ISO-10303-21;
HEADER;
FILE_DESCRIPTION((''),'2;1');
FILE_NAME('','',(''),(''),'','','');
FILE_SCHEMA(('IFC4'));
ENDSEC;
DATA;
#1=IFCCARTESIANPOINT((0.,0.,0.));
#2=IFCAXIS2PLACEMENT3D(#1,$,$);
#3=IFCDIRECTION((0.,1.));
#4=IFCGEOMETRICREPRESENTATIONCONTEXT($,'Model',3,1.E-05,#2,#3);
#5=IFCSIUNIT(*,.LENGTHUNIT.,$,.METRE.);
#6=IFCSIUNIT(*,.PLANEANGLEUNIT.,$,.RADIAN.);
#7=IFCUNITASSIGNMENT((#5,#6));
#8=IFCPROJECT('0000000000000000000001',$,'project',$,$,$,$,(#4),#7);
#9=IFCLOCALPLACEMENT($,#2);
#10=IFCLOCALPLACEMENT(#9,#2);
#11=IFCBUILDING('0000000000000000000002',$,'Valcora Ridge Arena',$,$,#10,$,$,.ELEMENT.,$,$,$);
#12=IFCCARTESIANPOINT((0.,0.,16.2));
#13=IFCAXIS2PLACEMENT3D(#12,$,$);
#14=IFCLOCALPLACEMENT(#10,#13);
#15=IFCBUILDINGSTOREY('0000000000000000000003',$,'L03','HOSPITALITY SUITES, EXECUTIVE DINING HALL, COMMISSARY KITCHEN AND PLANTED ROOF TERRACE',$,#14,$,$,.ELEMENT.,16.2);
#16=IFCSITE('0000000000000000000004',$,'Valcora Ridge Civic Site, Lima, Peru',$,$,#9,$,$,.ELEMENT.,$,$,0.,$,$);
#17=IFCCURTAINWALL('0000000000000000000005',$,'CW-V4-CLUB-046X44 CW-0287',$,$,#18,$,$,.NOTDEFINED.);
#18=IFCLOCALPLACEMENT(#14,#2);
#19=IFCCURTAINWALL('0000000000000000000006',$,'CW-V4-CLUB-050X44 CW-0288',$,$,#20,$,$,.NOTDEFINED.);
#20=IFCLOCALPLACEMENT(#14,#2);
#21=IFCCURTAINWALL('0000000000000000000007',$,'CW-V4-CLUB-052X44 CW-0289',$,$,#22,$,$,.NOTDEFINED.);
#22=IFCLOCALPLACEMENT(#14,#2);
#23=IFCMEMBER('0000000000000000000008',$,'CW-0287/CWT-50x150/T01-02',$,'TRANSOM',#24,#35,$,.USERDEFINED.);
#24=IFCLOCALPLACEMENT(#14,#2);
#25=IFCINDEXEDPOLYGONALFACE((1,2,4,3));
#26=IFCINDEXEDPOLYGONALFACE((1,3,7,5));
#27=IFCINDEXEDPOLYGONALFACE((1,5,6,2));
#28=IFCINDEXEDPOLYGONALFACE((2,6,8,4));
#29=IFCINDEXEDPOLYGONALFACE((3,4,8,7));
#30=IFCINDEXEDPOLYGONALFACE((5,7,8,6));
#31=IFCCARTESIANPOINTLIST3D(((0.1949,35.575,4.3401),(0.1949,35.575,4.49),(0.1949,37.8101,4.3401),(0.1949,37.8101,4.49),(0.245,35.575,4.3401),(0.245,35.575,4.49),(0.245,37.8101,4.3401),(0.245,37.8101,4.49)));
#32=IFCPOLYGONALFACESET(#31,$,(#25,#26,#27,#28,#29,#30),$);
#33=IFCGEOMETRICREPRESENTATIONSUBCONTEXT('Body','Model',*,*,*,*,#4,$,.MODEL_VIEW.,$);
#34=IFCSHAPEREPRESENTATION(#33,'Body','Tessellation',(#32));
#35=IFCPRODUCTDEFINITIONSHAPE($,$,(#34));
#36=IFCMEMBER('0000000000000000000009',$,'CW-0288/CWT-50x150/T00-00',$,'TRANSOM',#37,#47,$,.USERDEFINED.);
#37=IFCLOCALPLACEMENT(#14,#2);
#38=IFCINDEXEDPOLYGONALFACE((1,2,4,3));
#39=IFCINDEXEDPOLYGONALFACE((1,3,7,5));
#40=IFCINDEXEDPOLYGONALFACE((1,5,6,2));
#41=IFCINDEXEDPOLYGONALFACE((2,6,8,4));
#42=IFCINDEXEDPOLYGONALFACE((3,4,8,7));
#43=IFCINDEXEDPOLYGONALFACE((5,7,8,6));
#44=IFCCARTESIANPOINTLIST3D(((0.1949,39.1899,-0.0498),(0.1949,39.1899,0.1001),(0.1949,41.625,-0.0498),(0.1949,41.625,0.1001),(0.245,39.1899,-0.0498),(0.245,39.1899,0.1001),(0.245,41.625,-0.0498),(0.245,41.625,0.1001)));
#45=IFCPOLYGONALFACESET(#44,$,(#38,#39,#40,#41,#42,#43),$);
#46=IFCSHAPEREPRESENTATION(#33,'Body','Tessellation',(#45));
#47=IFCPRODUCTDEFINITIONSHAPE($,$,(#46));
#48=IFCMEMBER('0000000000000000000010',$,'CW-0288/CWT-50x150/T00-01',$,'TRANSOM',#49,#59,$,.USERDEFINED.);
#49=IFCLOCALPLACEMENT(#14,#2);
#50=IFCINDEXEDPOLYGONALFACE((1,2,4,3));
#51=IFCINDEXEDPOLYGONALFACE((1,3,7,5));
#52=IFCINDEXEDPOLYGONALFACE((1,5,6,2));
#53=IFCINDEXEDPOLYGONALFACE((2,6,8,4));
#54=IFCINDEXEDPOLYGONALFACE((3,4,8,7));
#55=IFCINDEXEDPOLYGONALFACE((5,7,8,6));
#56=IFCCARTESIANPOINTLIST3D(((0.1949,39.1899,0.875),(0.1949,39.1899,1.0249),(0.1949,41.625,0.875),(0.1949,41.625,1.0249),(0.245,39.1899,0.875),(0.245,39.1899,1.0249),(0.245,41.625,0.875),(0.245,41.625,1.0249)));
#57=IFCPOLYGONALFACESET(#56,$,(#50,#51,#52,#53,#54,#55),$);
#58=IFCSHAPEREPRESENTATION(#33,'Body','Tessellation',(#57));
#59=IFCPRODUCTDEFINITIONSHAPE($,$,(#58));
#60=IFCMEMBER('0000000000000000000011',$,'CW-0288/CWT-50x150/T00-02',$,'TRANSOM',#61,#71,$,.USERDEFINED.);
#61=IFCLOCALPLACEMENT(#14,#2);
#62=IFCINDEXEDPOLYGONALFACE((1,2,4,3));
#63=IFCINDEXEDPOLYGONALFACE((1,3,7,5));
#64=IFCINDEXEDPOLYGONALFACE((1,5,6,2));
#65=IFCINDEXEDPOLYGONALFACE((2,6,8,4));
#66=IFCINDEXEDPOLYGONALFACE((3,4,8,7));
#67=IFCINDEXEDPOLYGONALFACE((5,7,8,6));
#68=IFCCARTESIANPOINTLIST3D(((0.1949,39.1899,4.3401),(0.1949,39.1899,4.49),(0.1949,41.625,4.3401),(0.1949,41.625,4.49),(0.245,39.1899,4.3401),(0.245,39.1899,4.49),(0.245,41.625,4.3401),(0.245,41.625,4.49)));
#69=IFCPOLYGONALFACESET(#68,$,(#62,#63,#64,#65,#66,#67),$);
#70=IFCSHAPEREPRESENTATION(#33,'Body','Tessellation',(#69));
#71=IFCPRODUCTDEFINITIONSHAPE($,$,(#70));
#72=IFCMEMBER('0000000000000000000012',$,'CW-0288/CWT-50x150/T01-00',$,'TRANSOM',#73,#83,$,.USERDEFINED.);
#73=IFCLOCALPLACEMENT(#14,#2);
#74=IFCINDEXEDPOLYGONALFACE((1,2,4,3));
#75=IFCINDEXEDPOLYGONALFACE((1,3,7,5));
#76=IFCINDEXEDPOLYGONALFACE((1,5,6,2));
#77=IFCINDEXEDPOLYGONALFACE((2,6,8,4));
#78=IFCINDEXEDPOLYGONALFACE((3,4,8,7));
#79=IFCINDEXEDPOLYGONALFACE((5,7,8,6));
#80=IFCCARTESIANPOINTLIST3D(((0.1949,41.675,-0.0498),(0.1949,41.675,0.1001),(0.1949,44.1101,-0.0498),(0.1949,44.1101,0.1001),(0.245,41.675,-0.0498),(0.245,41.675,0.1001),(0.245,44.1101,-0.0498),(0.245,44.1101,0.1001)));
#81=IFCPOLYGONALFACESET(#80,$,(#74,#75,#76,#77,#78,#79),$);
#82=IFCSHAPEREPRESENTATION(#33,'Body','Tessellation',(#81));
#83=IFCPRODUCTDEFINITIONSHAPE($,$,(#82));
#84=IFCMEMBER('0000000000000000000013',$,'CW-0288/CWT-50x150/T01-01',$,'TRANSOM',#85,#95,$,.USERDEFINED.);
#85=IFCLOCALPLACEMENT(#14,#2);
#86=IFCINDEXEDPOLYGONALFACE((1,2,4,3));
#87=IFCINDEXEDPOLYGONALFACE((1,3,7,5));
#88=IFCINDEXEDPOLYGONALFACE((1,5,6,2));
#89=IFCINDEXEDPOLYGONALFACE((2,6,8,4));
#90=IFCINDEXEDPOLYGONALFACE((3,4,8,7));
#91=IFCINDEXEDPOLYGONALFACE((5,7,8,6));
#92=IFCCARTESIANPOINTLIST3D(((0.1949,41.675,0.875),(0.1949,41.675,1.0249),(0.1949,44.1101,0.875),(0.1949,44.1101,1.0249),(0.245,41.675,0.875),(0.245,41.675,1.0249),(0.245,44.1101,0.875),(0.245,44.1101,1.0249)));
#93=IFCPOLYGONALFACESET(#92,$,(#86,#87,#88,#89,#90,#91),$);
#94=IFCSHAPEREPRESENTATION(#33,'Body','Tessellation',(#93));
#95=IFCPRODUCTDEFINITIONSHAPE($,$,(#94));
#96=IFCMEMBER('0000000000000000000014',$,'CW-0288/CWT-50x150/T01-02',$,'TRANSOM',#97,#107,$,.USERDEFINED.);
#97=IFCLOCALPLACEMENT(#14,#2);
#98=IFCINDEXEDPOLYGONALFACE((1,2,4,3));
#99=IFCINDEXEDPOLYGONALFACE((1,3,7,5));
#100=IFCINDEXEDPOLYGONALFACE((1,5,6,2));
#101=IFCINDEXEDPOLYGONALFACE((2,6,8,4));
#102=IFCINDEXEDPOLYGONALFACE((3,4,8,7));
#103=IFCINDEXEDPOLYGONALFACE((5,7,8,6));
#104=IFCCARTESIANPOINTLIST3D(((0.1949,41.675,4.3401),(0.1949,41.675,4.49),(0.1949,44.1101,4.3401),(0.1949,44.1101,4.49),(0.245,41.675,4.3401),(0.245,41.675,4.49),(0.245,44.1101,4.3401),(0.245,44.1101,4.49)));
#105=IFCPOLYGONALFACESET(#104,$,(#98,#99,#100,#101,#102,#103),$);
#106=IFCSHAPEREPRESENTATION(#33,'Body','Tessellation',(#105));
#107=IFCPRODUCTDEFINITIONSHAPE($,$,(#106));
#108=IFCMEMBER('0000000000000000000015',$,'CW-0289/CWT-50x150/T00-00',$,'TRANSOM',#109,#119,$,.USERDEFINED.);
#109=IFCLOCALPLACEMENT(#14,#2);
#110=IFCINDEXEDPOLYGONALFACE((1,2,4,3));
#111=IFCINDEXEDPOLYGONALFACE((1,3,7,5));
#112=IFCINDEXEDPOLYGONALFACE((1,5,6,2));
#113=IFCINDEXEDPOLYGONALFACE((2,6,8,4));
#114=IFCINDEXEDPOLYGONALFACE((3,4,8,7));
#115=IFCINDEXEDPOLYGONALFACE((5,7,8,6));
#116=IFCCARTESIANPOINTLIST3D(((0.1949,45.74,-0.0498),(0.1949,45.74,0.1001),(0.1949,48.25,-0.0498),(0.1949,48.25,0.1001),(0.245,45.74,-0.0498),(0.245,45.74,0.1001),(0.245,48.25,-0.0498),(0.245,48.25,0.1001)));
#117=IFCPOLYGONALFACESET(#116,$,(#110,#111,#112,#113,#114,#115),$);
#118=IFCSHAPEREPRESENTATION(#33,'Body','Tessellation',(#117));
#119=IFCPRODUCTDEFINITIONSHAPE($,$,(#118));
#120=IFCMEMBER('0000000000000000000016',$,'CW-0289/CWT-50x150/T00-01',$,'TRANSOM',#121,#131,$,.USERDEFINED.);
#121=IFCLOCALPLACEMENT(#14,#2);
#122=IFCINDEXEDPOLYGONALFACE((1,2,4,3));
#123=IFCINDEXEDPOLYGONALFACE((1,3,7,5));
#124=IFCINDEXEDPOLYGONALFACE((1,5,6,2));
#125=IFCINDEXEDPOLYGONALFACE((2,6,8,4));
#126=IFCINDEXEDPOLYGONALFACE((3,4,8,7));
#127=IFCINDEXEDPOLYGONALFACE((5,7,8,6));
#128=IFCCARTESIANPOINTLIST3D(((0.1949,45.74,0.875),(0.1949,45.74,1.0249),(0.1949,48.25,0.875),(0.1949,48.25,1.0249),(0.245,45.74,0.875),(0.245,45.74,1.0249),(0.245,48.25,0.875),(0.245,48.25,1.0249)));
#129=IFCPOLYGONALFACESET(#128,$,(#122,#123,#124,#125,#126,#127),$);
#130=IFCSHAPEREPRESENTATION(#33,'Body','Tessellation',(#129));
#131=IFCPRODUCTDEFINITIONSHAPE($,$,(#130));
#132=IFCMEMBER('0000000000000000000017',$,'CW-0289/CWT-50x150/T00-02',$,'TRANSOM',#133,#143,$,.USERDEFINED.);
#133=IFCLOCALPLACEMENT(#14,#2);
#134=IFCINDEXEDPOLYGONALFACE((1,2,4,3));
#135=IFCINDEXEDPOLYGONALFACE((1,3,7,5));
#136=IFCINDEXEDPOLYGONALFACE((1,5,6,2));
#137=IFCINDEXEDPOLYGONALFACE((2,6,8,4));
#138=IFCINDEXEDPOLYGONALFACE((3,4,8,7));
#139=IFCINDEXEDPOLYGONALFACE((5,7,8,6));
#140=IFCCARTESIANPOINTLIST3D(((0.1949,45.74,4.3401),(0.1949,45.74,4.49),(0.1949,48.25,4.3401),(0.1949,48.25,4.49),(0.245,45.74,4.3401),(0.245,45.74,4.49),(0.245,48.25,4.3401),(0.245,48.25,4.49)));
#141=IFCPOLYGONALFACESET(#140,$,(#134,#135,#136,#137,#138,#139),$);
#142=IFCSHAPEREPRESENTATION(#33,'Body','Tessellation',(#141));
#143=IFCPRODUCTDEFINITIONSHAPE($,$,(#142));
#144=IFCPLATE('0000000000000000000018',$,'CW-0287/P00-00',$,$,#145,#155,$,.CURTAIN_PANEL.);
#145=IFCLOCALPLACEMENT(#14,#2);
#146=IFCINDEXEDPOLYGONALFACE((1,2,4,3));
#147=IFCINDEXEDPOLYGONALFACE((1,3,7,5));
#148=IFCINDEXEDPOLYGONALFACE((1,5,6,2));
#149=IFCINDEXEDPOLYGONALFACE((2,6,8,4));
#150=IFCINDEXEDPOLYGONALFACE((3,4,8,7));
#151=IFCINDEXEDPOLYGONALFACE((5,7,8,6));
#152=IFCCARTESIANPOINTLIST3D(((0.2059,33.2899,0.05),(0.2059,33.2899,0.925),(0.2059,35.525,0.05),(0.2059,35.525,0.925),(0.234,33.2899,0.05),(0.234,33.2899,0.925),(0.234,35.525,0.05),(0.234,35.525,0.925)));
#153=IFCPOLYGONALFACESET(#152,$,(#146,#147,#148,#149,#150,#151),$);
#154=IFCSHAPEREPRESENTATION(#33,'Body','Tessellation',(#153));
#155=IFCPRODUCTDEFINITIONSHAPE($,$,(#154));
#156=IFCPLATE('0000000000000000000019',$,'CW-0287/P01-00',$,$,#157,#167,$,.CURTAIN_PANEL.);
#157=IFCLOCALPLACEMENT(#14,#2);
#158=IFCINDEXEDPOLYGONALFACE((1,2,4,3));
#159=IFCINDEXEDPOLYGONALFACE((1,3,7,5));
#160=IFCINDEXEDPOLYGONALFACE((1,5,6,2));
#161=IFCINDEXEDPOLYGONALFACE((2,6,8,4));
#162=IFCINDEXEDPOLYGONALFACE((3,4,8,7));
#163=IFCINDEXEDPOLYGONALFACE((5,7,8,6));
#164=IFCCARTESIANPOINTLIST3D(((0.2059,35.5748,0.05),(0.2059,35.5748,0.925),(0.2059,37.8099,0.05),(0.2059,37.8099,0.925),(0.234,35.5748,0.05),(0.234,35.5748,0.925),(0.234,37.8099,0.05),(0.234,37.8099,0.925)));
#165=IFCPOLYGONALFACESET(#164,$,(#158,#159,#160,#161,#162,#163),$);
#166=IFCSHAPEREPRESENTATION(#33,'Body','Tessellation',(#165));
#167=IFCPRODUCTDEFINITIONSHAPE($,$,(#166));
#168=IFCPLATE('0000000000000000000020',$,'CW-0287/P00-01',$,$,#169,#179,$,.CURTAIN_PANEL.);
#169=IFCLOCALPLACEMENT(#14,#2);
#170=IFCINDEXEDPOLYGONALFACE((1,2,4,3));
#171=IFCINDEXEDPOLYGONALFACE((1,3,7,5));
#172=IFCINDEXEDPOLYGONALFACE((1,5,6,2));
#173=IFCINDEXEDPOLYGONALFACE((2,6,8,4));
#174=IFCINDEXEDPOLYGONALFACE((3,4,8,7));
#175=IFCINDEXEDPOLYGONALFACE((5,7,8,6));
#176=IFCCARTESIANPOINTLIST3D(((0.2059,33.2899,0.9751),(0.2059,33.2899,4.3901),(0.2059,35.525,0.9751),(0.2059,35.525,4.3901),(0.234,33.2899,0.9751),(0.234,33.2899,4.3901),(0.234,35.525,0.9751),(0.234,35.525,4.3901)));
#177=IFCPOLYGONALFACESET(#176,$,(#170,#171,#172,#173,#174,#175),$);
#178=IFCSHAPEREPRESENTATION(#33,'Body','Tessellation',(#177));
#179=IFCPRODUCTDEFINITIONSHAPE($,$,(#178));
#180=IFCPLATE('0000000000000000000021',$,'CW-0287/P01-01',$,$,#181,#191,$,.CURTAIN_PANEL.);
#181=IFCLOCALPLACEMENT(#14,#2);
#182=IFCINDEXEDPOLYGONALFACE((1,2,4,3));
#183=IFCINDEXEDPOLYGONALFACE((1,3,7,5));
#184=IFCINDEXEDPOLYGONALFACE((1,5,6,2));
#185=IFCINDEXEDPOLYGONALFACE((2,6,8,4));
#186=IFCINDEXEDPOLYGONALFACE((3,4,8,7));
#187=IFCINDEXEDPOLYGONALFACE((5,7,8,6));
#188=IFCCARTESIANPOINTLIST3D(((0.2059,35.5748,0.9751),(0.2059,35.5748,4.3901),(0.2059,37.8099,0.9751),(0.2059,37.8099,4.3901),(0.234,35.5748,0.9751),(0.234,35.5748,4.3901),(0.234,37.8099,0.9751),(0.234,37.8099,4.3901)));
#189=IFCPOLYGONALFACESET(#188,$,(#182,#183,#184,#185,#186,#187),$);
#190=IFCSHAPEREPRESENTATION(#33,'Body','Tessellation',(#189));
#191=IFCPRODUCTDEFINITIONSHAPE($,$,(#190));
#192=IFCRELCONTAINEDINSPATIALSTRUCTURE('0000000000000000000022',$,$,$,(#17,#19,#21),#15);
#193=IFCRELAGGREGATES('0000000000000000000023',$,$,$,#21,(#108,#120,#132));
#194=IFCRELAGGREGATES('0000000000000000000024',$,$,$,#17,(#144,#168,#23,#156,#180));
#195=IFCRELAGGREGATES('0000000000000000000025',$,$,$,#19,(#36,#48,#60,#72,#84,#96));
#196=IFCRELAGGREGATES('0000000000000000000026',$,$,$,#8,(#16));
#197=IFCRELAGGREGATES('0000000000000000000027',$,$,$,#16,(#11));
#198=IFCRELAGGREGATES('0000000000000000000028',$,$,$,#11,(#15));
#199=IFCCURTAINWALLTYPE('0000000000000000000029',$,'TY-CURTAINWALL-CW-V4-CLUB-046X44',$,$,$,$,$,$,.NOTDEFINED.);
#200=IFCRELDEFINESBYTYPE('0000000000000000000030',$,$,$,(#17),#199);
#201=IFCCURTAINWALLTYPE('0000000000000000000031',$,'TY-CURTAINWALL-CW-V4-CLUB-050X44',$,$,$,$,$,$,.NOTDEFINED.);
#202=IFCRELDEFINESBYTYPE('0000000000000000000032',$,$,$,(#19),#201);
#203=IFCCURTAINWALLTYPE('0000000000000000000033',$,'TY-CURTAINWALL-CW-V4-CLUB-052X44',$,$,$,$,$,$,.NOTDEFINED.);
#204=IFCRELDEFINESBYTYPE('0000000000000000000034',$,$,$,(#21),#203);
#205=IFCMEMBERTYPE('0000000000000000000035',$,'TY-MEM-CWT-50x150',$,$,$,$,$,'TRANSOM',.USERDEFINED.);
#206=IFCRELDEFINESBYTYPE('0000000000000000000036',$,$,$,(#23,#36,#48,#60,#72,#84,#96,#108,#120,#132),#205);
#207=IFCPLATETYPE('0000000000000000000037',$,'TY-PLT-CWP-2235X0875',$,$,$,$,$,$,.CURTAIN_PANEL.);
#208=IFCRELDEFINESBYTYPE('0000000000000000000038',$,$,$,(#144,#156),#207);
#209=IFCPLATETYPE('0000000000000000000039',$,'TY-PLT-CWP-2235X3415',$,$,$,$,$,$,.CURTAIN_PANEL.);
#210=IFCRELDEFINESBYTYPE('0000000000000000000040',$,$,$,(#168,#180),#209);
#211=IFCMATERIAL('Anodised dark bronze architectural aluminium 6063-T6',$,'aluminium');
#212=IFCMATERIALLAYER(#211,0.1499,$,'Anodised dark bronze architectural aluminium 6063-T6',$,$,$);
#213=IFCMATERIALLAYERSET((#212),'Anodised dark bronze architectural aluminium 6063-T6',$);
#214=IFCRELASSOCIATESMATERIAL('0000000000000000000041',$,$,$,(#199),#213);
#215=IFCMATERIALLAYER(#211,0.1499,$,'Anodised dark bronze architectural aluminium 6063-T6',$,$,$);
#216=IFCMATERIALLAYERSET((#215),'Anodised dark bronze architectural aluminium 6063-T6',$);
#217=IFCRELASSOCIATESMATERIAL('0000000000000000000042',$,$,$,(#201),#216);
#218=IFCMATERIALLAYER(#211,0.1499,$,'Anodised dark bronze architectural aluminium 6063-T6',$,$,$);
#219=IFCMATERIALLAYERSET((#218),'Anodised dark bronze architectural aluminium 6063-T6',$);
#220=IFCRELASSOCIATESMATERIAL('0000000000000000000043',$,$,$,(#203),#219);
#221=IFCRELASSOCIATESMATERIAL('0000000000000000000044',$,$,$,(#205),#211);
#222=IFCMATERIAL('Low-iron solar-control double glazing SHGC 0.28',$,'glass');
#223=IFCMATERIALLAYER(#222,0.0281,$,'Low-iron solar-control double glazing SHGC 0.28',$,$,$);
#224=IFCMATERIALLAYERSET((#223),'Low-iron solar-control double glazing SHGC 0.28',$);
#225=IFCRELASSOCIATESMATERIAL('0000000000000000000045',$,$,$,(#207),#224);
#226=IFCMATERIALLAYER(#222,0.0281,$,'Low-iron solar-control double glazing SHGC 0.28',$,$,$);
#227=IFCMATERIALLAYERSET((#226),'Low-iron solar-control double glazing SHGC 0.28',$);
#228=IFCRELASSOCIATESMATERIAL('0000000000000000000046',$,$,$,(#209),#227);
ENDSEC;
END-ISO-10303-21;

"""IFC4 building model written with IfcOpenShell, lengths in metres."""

from ifc_helpers import new_model, si_unit, direction, frame, origin, origin_2d, place, context, subcontext, project, spatial, rectangle, extrude, material, layer, layer_set, material_profile, profile_set, type_object, element, aggregate, save


model = new_model("IFC4")

# Units and contexts
model_context = context("Model", 3, precision=1e-05, world=origin(), true_north=direction((0.0, 1.0)))
body_context = subcontext(model_context, "Body", "Model", "MODEL_VIEW")
ifc_project = project(units=[si_unit("LENGTHUNIT", "METRE"), si_unit("PLANEANGLEUNIT", "RADIAN")], contexts=[model_context])

# Site, building, storey
site_placement = place(None, origin())
site = spatial("IfcSite", under=ifc_project, at=site_placement, Name="Valcora Ridge Civic Site, Lima, Peru", CompositionType="ELEMENT", RefElevation=0.0)
building_placement = place(site_placement, origin())
building = spatial("IfcBuilding", under=site, at=building_placement, Name="Valcora Ridge Arena", CompositionType="ELEMENT")
storey_placement = place(building_placement, frame((0.0, 0.0, 16.2)))
storey = spatial("IfcBuildingStorey", under=building, at=storey_placement, Name="L03", Description="HOSPITALITY SUITES, EXECUTIVE DINING HALL, COMMISSARY KITCHEN AND PLANTED ROOF TERRACE", CompositionType="ELEMENT", Elevation=16.2)

# Curtain walls
ifc_material_1 = material(Name="Anodised dark bronze architectural aluminium 6063-T6", Category="aluminium")
ifc_layer_1 = layer(ifc_material_1, 0.1499, Name="Anodised dark bronze architectural aluminium 6063-T6")
ifc_layer_set_1 = layer_set([ifc_layer_1], Name="Anodised dark bronze architectural aluminium 6063-T6")
curtain_wall_type_1 = type_object("IfcCurtainWallType", Name="TY-CURTAINWALL-CW-V4-CLUB-046X44", PredefinedType="NOTDEFINED", material=ifc_layer_set_1)
curtain_wall_1_placement = place(storey_placement, origin())
curtain_wall_1 = element("IfcCurtainWall", 1, at=curtain_wall_1_placement, inside=storey, type_object=curtain_wall_type_1, Name="CW-V4-CLUB-046X44 CW-0287", PredefinedType="NOTDEFINED")
ifc_layer_2 = layer(ifc_material_1, 0.1499, Name="Anodised dark bronze architectural aluminium 6063-T6")
ifc_layer_set_2 = layer_set([ifc_layer_2], Name="Anodised dark bronze architectural aluminium 6063-T6")
curtain_wall_type_2 = type_object("IfcCurtainWallType", Name="TY-CURTAINWALL-CW-V4-CLUB-050X44", PredefinedType="NOTDEFINED", material=ifc_layer_set_2)
curtain_wall_2_placement = place(storey_placement, origin())
curtain_wall_2 = element("IfcCurtainWall", 2, at=curtain_wall_2_placement, inside=storey, type_object=curtain_wall_type_2, Name="CW-V4-CLUB-050X44 CW-0288", PredefinedType="NOTDEFINED")

# Curtain wall
ifc_layer_3 = layer(ifc_material_1, 0.1499, Name="Anodised dark bronze architectural aluminium 6063-T6")
ifc_layer_set_3 = layer_set([ifc_layer_3], Name="Anodised dark bronze architectural aluminium 6063-T6")
curtain_wall_type_3 = type_object("IfcCurtainWallType", Name="TY-CURTAINWALL-CW-V4-CLUB-052X44", PredefinedType="NOTDEFINED", material=ifc_layer_set_3)
curtain_wall_3_placement = place(storey_placement, origin())
curtain_wall_3 = element("IfcCurtainWall", 3, at=curtain_wall_3_placement, inside=storey, type_object=curtain_wall_type_3, Name="CW-V4-CLUB-052X44 CW-0289", PredefinedType="NOTDEFINED")

# Members
ifc_material_profile_1 = material_profile(ifc_material_1, rectangle(XDim=0.05, YDim=0.1499, at=origin_2d()), Name="ALU TRANSOM 50x150")
ifc_profile_set_1 = profile_set([ifc_material_profile_1], Name="Anodised dark bronze architectural aluminium 6063-T6")
member_type_1 = type_object("IfcMemberType", Name="TY-MEM-CWT-50x150", ElementType="TRANSOM", PredefinedType="USERDEFINED", material=ifc_profile_set_1)
member_1_placement = place(storey_placement, frame((0.22, 35.575, 4.415), z_axis=(0.0, 1.0, 0.0), x_axis=(-1.0, 0.0, 0.0)))
member_1 = element("IfcMember", 4, at=member_1_placement, type_object=member_type_1, Name="CW-0287/CWT-50x150/T01-02", ObjectType="TRANSOM", PredefinedType="USERDEFINED", context=body_context, shape_type="SweptSolid", body=[
    extrude(rectangle(XDim=0.05, YDim=0.1499, at=origin_2d()), origin(), (0.0, 0.0, 1.0), 2.2351),
])
member_2_placement = place(storey_placement, frame((0.22, 39.1899, 0.0251), z_axis=(0.0, 1.0, 0.0), x_axis=(-1.0, 0.0, 0.0)))
member_2 = element("IfcMember", 5, at=member_2_placement, type_object=member_type_1, Name="CW-0288/CWT-50x150/T00-00", ObjectType="TRANSOM", PredefinedType="USERDEFINED", context=body_context, shape_type="SweptSolid", body=[
    extrude(rectangle(XDim=0.05, YDim=0.1499, at=origin_2d()), origin(), (0.0, 0.0, 1.0), 2.4351),
])
member_3_placement = place(storey_placement, frame((0.22, 39.1899, 0.95), z_axis=(0.0, 1.0, 0.0), x_axis=(-1.0, 0.0, 0.0)))
member_3 = element("IfcMember", 6, at=member_3_placement, type_object=member_type_1, Name="CW-0288/CWT-50x150/T00-01", ObjectType="TRANSOM", PredefinedType="USERDEFINED", context=body_context, shape_type="SweptSolid", body=[
    extrude(rectangle(XDim=0.05, YDim=0.1499, at=origin_2d()), origin(), (0.0, 0.0, 1.0), 2.4351),
])
member_4_placement = place(storey_placement, frame((0.22, 39.1899, 4.415), z_axis=(0.0, 1.0, 0.0), x_axis=(-1.0, 0.0, 0.0)))
member_4 = element("IfcMember", 7, at=member_4_placement, type_object=member_type_1, Name="CW-0288/CWT-50x150/T00-02", ObjectType="TRANSOM", PredefinedType="USERDEFINED", context=body_context, shape_type="SweptSolid", body=[
    extrude(rectangle(XDim=0.05, YDim=0.1499, at=origin_2d()), origin(), (0.0, 0.0, 1.0), 2.4351),
])
member_5_placement = place(storey_placement, frame((0.22, 41.675, 0.0251), z_axis=(0.0, 1.0, 0.0), x_axis=(-1.0, 0.0, 0.0)))
member_5 = element("IfcMember", 8, at=member_5_placement, type_object=member_type_1, Name="CW-0288/CWT-50x150/T01-00", ObjectType="TRANSOM", PredefinedType="USERDEFINED", context=body_context, shape_type="SweptSolid", body=[
    extrude(rectangle(XDim=0.05, YDim=0.1499, at=origin_2d()), origin(), (0.0, 0.0, 1.0), 2.4351),
])
member_6_placement = place(storey_placement, frame((0.22, 41.675, 0.95), z_axis=(0.0, 1.0, 0.0), x_axis=(-1.0, 0.0, 0.0)))
member_6 = element("IfcMember", 9, at=member_6_placement, type_object=member_type_1, Name="CW-0288/CWT-50x150/T01-01", ObjectType="TRANSOM", PredefinedType="USERDEFINED", context=body_context, shape_type="SweptSolid", body=[
    extrude(rectangle(XDim=0.05, YDim=0.1499, at=origin_2d()), origin(), (0.0, 0.0, 1.0), 2.4351),
])
member_7_placement = place(storey_placement, frame((0.22, 41.675, 4.415), z_axis=(0.0, 1.0, 0.0), x_axis=(-1.0, 0.0, 0.0)))
member_7 = element("IfcMember", 10, at=member_7_placement, type_object=member_type_1, Name="CW-0288/CWT-50x150/T01-02", ObjectType="TRANSOM", PredefinedType="USERDEFINED", context=body_context, shape_type="SweptSolid", body=[
    extrude(rectangle(XDim=0.05, YDim=0.1499, at=origin_2d()), origin(), (0.0, 0.0, 1.0), 2.4351),
])
member_8_placement = place(storey_placement, frame((0.22, 45.74, 0.0251), z_axis=(0.0, 1.0, 0.0), x_axis=(-1.0, 0.0, 0.0)))
member_8 = element("IfcMember", 11, at=member_8_placement, type_object=member_type_1, Name="CW-0289/CWT-50x150/T00-00", ObjectType="TRANSOM", PredefinedType="USERDEFINED", context=body_context, shape_type="SweptSolid", body=[
    extrude(rectangle(XDim=0.05, YDim=0.1499, at=origin_2d()), origin(), (0.0, 0.0, 1.0), 2.51),
])
member_9_placement = place(storey_placement, frame((0.22, 45.74, 0.95), z_axis=(0.0, 1.0, 0.0), x_axis=(-1.0, 0.0, 0.0)))
member_9 = element("IfcMember", 12, at=member_9_placement, type_object=member_type_1, Name="CW-0289/CWT-50x150/T00-01", ObjectType="TRANSOM", PredefinedType="USERDEFINED", context=body_context, shape_type="SweptSolid", body=[
    extrude(rectangle(XDim=0.05, YDim=0.1499, at=origin_2d()), origin(), (0.0, 0.0, 1.0), 2.51),
])
member_10_placement = place(storey_placement, frame((0.22, 45.74, 4.415), z_axis=(0.0, 1.0, 0.0), x_axis=(-1.0, 0.0, 0.0)))
member_10 = element("IfcMember", 13, at=member_10_placement, type_object=member_type_1, Name="CW-0289/CWT-50x150/T00-02", ObjectType="TRANSOM", PredefinedType="USERDEFINED", context=body_context, shape_type="SweptSolid", body=[
    extrude(rectangle(XDim=0.05, YDim=0.1499, at=origin_2d()), origin(), (0.0, 0.0, 1.0), 2.51),
])
aggregate(curtain_wall_3, [member_8, member_9, member_10])

# Plates
ifc_material_2 = material(Name="Low-iron solar-control double glazing SHGC 0.28", Category="glass")
ifc_layer_4 = layer(ifc_material_2, 0.0281, Name="Low-iron solar-control double glazing SHGC 0.28")
ifc_layer_set_4 = layer_set([ifc_layer_4], Name="Low-iron solar-control double glazing SHGC 0.28")
plate_type_1 = type_object("IfcPlateType", Name="TY-PLT-CWP-2235X0875", PredefinedType="CURTAIN_PANEL", material=ifc_layer_set_4)
plate_1_placement = place(storey_placement, frame((0.22, 34.4075, 0.05), z_axis=(0.0, 0.0, 1.0), x_axis=(0.0, 1.0, 0.0)))
plate_1 = element("IfcPlate", 14, at=plate_1_placement, type_object=plate_type_1, Name="CW-0287/P00-00", PredefinedType="CURTAIN_PANEL", context=body_context, shape_type="SweptSolid", body=[
    extrude(rectangle(XDim=2.2351, YDim=0.0281, at=origin_2d()), origin(), (0.0, 0.0, 1.0), 0.875),
])
plate_2_placement = place(storey_placement, frame((0.22, 36.6924, 0.05), z_axis=(0.0, 0.0, 1.0), x_axis=(0.0, 1.0, 0.0)))
plate_2 = element("IfcPlate", 15, at=plate_2_placement, type_object=plate_type_1, Name="CW-0287/P01-00", PredefinedType="CURTAIN_PANEL", context=body_context, shape_type="SweptSolid", body=[
    extrude(rectangle(XDim=2.2351, YDim=0.0281, at=origin_2d()), origin(), (0.0, 0.0, 1.0), 0.875),
])
ifc_layer_5 = layer(ifc_material_2, 0.0281, Name="Low-iron solar-control double glazing SHGC 0.28")
ifc_layer_set_5 = layer_set([ifc_layer_5], Name="Low-iron solar-control double glazing SHGC 0.28")
plate_type_2 = type_object("IfcPlateType", Name="TY-PLT-CWP-2235X3415", PredefinedType="CURTAIN_PANEL", material=ifc_layer_set_5)
plate_3_placement = place(storey_placement, frame((0.22, 34.4075, 0.9751), z_axis=(0.0, 0.0, 1.0), x_axis=(0.0, 1.0, 0.0)))
plate_3 = element("IfcPlate", 16, at=plate_3_placement, type_object=plate_type_2, Name="CW-0287/P00-01", PredefinedType="CURTAIN_PANEL", context=body_context, shape_type="SweptSolid", body=[
    extrude(rectangle(XDim=2.2351, YDim=0.0281, at=origin_2d()), origin(), (0.0, 0.0, 1.0), 3.415),
])
plate_4_placement = place(storey_placement, frame((0.22, 36.6924, 0.9751), z_axis=(0.0, 0.0, 1.0), x_axis=(0.0, 1.0, 0.0)))
plate_4 = element("IfcPlate", 17, at=plate_4_placement, type_object=plate_type_2, Name="CW-0287/P01-01", PredefinedType="CURTAIN_PANEL", context=body_context, shape_type="SweptSolid", body=[
    extrude(rectangle(XDim=2.2351, YDim=0.0281, at=origin_2d()), origin(), (0.0, 0.0, 1.0), 3.415),
])
aggregate(curtain_wall_1, [plate_1, plate_3, member_1, plate_2, plate_4])
aggregate(curtain_wall_2, [member_2, member_3, member_4, member_5, member_6, member_7])

save(model, "model.ifc")
